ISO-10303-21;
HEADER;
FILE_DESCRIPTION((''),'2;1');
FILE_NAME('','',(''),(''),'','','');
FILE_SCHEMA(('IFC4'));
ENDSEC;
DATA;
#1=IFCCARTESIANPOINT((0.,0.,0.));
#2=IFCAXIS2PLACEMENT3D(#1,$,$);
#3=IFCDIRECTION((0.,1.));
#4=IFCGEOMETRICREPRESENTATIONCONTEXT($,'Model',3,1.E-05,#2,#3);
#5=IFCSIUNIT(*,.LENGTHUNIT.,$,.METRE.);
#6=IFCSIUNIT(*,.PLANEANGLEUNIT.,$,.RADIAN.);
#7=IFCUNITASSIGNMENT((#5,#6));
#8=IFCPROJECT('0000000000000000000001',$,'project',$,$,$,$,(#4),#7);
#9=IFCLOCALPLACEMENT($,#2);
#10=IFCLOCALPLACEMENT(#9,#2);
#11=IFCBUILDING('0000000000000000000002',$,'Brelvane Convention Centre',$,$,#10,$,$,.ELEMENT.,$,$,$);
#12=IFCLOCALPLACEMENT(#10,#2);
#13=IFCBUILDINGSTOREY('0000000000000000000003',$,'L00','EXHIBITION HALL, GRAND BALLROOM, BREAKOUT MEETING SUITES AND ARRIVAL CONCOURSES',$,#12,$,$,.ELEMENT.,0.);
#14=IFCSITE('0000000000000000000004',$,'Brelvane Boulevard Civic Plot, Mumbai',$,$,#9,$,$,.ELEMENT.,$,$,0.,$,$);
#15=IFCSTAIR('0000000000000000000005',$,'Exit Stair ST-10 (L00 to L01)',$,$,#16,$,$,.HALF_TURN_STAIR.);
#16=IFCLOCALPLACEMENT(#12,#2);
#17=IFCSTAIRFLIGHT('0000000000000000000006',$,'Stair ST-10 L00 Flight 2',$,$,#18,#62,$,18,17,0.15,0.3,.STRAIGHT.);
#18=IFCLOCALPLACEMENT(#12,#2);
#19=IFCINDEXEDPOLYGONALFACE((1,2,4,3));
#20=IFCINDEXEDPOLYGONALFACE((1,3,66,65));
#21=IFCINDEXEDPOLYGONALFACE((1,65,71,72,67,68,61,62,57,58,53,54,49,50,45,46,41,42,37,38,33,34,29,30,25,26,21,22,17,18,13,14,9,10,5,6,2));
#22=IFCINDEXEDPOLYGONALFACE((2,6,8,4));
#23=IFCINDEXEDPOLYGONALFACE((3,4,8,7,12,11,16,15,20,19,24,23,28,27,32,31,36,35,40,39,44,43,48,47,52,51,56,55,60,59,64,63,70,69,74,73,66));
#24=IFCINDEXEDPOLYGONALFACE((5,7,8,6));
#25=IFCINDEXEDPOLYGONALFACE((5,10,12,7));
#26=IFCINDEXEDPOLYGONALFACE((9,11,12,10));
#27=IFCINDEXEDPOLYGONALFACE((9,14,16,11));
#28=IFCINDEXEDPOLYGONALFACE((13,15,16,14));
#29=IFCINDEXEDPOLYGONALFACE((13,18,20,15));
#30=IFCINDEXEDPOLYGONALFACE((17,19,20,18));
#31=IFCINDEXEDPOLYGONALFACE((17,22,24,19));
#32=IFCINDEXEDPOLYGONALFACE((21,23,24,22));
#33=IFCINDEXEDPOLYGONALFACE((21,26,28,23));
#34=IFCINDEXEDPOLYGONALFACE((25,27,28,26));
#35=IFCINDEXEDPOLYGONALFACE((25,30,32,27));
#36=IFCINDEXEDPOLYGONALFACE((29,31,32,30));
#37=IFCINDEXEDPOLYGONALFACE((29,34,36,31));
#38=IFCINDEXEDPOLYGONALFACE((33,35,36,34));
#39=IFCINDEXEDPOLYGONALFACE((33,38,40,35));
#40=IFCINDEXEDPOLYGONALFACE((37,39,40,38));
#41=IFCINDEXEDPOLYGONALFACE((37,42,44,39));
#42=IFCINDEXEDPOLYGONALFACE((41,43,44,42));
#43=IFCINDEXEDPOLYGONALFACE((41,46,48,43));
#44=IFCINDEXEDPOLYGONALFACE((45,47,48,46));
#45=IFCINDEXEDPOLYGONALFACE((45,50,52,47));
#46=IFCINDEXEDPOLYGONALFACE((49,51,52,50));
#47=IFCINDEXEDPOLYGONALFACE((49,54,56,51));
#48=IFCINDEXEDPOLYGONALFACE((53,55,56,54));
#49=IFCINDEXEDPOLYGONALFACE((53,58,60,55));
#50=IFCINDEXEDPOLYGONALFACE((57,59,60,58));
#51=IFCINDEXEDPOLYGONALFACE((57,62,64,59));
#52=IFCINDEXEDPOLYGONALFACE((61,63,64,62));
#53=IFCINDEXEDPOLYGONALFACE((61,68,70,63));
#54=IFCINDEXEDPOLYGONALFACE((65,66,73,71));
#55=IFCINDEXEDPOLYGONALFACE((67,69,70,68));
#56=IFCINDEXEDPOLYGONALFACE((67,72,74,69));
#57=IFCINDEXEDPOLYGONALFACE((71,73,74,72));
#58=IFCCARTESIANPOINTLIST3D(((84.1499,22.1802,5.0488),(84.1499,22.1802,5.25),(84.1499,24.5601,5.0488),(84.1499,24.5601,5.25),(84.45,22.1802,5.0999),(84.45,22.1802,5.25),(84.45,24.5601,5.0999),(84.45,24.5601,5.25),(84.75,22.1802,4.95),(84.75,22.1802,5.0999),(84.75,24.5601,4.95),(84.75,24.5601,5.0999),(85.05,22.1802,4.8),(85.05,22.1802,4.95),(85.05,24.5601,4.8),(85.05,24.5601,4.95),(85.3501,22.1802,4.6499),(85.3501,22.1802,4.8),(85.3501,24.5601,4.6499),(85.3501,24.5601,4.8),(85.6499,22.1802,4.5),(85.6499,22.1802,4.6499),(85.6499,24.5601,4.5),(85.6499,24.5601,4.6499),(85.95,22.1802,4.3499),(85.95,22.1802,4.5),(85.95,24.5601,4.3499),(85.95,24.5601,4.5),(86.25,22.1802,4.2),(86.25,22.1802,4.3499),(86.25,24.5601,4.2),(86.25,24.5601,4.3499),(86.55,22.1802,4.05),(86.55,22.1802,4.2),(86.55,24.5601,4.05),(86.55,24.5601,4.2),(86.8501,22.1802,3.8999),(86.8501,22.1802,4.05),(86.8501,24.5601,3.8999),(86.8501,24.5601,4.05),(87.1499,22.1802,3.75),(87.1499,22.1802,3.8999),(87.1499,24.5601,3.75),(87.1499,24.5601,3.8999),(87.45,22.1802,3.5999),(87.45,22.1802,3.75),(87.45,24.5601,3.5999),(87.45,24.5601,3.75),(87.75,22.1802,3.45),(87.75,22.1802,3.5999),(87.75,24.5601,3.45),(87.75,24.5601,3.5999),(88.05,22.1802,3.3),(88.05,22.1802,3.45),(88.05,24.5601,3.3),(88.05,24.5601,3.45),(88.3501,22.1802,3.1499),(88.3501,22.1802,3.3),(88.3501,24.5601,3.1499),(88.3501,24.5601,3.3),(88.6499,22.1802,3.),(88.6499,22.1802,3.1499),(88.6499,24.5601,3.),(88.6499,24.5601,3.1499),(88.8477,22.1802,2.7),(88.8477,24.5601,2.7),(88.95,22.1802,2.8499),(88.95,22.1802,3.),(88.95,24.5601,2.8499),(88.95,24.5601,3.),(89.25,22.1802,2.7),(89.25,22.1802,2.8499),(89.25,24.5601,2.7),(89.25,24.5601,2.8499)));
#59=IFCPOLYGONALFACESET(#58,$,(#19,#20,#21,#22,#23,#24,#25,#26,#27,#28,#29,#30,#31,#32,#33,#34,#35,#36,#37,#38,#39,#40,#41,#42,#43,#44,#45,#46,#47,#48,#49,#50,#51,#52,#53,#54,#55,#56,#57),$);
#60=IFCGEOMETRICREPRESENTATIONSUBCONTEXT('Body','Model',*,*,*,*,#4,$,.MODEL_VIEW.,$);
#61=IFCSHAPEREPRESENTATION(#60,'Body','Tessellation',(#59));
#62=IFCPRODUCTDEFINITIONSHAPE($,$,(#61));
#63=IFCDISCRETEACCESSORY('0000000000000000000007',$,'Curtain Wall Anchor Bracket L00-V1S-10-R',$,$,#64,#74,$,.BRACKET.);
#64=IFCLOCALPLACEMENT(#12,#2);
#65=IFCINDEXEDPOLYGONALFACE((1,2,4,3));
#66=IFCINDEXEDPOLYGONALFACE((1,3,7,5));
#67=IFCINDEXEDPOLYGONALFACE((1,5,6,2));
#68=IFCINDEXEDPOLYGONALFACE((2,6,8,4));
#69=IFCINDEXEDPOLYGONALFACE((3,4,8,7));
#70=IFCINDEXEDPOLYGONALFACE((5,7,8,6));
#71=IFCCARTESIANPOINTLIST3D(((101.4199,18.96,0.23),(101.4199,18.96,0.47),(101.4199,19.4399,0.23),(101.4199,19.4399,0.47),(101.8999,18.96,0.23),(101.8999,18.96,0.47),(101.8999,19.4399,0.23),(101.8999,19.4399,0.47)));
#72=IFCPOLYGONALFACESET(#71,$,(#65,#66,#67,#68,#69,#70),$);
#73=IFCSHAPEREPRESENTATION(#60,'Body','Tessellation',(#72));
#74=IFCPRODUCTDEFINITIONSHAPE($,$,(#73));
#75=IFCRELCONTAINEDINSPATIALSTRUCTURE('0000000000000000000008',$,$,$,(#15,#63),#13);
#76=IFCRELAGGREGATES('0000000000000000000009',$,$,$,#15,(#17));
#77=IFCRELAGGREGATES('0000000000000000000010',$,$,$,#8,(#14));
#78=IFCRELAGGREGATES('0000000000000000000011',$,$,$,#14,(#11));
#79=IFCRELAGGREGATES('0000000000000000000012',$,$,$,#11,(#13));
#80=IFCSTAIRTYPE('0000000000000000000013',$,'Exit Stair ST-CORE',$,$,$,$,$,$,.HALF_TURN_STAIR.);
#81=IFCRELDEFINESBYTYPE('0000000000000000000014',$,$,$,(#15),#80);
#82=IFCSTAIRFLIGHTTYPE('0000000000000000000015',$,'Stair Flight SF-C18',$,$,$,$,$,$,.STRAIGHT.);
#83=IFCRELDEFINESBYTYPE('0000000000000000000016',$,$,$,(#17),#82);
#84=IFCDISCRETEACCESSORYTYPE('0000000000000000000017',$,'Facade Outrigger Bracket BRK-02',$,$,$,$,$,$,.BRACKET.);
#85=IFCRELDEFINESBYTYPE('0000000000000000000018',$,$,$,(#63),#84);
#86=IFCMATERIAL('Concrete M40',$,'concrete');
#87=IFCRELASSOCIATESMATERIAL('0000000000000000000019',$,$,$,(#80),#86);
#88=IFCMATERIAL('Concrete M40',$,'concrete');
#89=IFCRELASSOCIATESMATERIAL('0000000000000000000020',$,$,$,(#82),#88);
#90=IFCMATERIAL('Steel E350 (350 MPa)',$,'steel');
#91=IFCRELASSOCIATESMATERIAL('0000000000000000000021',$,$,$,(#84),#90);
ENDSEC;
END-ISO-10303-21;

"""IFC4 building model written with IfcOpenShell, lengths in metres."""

from ifc_helpers import new_model, si_unit, direction, frame, origin, origin_2d, place, context, subcontext, project, spatial, polyline, rectangle, outline, extrude, material, type_object, element, aggregate, save


model = new_model("IFC4")

# Units and contexts
model_context = context("Model", 3, precision=1e-05, world=origin(), true_north=direction((0.0, 1.0)))
body_context = subcontext(model_context, "Body", "Model", "MODEL_VIEW")
ifc_project = project(units=[si_unit("LENGTHUNIT", "METRE"), si_unit("PLANEANGLEUNIT", "RADIAN")], contexts=[model_context])

# Site, building, storey
site_placement = place(None, origin())
site = spatial("IfcSite", under=ifc_project, at=site_placement, Name="Brelvane Boulevard Civic Plot, Mumbai", CompositionType="ELEMENT", RefElevation=0.0)
building_placement = place(site_placement, origin())
building = spatial("IfcBuilding", under=site, at=building_placement, Name="Brelvane Convention Centre", CompositionType="ELEMENT")
storey_placement = place(building_placement, origin())
storey = spatial("IfcBuildingStorey", under=building, at=storey_placement, Name="L00", Description="EXHIBITION HALL, GRAND BALLROOM, BREAKOUT MEETING SUITES AND ARRIVAL CONCOURSES", CompositionType="ELEMENT", Elevation=0.0)

# Stair, stair flight
ifc_material_1 = material(Name="Concrete M40", Category="concrete")
stair_type = type_object("IfcStairType", Name="Exit Stair ST-CORE", PredefinedType="HALF_TURN_STAIR", material=ifc_material_1)
stair_placement = place(storey_placement, origin())
stair = element("IfcStair", 1, at=stair_placement, inside=storey, type_object=stair_type, Name="Exit Stair ST-10 (L00 to L01)", PredefinedType="HALF_TURN_STAIR")
ifc_material_2 = material(Name="Concrete M40", Category="concrete")
stair_flight_type = type_object("IfcStairFlightType", Name="Stair Flight SF-C18", PredefinedType="STRAIGHT", material=ifc_material_2)
stair_flight_1_placement = place(storey_placement, frame((89.25, 23.3701, 2.7), z_axis=(0.0, 0.0, 1.0), x_axis=(-1.0, 0.0, 0.0)))
stair_flight_1 = element("IfcStairFlight", 2, at=stair_flight_1_placement, type_object=stair_flight_type, Name="Stair ST-10 L00 Flight 2", NumberOfRisers=18, NumberOfTreads=17, PredefinedType="STRAIGHT", RiserHeight=0.15, TreadLength=0.3, context=body_context, shape_type="SweptSolid", body=[
    extrude(outline(polyline([(0.0, 0.0), (0.0, 0.1499), (0.3, 0.1499), (0.3, 0.3), (0.6001, 0.3), (0.6001, 0.45), (0.8999, 0.45), (0.8999, 0.6001), (1.2, 0.6001), (1.2, 0.75), (1.5, 0.75), (1.5, 0.8999), (1.8, 0.8999), (1.8, 1.05), (2.1001, 1.05), (2.1001, 1.2), (2.3999, 1.2), (2.3999, 1.3501), (2.7, 1.3501), (2.7, 1.5), (3.0, 1.5), (3.0, 1.6499), (3.3, 1.6499), (3.3, 1.8), (3.6001, 1.8), (3.6001, 1.95), (3.8999, 1.95), (3.8999, 2.1001), (4.2, 2.1001), (4.2, 2.25), (4.5, 2.25), (4.5, 2.3999), (4.8, 2.3999), (4.8, 2.55), (5.1001, 2.55), (5.1001, 2.7), (5.1001, 2.3489), (0.4023, 0.0), (0.0, 0.0)])), frame((0.0, 1.1899, 0.0), z_axis=(0.0, -1.0, 0.0), x_axis=(1.0, 0.0, 0.0)), (0.0, 0.0, 1.0), 2.3799),
])
aggregate(stair, [stair_flight_1])

# Discrete accessory
ifc_material_3 = material(Name="Steel E350 (350 MPa)", Category="steel")
discrete_accessory_type = type_object("IfcDiscreteAccessoryType", Name="Facade Outrigger Bracket BRK-02", PredefinedType="BRACKET", material=ifc_material_3)
discrete_accessory_placement = place(storey_placement, frame((101.6599, 19.2, 0.23), z_axis=(0.0, 0.0, 1.0), x_axis=(1.0, 0.0, 0.0)))
element("IfcDiscreteAccessory", 3, at=discrete_accessory_placement, inside=storey, type_object=discrete_accessory_type, Name="Curtain Wall Anchor Bracket L00-V1S-10-R", PredefinedType="BRACKET", context=body_context, shape_type="SweptSolid", body=[
    extrude(rectangle(XDim=0.48, YDim=0.48, at=origin_2d()), origin(), (0.0, 0.0, 1.0), 0.24),
])

save(model, "model.ifc")
